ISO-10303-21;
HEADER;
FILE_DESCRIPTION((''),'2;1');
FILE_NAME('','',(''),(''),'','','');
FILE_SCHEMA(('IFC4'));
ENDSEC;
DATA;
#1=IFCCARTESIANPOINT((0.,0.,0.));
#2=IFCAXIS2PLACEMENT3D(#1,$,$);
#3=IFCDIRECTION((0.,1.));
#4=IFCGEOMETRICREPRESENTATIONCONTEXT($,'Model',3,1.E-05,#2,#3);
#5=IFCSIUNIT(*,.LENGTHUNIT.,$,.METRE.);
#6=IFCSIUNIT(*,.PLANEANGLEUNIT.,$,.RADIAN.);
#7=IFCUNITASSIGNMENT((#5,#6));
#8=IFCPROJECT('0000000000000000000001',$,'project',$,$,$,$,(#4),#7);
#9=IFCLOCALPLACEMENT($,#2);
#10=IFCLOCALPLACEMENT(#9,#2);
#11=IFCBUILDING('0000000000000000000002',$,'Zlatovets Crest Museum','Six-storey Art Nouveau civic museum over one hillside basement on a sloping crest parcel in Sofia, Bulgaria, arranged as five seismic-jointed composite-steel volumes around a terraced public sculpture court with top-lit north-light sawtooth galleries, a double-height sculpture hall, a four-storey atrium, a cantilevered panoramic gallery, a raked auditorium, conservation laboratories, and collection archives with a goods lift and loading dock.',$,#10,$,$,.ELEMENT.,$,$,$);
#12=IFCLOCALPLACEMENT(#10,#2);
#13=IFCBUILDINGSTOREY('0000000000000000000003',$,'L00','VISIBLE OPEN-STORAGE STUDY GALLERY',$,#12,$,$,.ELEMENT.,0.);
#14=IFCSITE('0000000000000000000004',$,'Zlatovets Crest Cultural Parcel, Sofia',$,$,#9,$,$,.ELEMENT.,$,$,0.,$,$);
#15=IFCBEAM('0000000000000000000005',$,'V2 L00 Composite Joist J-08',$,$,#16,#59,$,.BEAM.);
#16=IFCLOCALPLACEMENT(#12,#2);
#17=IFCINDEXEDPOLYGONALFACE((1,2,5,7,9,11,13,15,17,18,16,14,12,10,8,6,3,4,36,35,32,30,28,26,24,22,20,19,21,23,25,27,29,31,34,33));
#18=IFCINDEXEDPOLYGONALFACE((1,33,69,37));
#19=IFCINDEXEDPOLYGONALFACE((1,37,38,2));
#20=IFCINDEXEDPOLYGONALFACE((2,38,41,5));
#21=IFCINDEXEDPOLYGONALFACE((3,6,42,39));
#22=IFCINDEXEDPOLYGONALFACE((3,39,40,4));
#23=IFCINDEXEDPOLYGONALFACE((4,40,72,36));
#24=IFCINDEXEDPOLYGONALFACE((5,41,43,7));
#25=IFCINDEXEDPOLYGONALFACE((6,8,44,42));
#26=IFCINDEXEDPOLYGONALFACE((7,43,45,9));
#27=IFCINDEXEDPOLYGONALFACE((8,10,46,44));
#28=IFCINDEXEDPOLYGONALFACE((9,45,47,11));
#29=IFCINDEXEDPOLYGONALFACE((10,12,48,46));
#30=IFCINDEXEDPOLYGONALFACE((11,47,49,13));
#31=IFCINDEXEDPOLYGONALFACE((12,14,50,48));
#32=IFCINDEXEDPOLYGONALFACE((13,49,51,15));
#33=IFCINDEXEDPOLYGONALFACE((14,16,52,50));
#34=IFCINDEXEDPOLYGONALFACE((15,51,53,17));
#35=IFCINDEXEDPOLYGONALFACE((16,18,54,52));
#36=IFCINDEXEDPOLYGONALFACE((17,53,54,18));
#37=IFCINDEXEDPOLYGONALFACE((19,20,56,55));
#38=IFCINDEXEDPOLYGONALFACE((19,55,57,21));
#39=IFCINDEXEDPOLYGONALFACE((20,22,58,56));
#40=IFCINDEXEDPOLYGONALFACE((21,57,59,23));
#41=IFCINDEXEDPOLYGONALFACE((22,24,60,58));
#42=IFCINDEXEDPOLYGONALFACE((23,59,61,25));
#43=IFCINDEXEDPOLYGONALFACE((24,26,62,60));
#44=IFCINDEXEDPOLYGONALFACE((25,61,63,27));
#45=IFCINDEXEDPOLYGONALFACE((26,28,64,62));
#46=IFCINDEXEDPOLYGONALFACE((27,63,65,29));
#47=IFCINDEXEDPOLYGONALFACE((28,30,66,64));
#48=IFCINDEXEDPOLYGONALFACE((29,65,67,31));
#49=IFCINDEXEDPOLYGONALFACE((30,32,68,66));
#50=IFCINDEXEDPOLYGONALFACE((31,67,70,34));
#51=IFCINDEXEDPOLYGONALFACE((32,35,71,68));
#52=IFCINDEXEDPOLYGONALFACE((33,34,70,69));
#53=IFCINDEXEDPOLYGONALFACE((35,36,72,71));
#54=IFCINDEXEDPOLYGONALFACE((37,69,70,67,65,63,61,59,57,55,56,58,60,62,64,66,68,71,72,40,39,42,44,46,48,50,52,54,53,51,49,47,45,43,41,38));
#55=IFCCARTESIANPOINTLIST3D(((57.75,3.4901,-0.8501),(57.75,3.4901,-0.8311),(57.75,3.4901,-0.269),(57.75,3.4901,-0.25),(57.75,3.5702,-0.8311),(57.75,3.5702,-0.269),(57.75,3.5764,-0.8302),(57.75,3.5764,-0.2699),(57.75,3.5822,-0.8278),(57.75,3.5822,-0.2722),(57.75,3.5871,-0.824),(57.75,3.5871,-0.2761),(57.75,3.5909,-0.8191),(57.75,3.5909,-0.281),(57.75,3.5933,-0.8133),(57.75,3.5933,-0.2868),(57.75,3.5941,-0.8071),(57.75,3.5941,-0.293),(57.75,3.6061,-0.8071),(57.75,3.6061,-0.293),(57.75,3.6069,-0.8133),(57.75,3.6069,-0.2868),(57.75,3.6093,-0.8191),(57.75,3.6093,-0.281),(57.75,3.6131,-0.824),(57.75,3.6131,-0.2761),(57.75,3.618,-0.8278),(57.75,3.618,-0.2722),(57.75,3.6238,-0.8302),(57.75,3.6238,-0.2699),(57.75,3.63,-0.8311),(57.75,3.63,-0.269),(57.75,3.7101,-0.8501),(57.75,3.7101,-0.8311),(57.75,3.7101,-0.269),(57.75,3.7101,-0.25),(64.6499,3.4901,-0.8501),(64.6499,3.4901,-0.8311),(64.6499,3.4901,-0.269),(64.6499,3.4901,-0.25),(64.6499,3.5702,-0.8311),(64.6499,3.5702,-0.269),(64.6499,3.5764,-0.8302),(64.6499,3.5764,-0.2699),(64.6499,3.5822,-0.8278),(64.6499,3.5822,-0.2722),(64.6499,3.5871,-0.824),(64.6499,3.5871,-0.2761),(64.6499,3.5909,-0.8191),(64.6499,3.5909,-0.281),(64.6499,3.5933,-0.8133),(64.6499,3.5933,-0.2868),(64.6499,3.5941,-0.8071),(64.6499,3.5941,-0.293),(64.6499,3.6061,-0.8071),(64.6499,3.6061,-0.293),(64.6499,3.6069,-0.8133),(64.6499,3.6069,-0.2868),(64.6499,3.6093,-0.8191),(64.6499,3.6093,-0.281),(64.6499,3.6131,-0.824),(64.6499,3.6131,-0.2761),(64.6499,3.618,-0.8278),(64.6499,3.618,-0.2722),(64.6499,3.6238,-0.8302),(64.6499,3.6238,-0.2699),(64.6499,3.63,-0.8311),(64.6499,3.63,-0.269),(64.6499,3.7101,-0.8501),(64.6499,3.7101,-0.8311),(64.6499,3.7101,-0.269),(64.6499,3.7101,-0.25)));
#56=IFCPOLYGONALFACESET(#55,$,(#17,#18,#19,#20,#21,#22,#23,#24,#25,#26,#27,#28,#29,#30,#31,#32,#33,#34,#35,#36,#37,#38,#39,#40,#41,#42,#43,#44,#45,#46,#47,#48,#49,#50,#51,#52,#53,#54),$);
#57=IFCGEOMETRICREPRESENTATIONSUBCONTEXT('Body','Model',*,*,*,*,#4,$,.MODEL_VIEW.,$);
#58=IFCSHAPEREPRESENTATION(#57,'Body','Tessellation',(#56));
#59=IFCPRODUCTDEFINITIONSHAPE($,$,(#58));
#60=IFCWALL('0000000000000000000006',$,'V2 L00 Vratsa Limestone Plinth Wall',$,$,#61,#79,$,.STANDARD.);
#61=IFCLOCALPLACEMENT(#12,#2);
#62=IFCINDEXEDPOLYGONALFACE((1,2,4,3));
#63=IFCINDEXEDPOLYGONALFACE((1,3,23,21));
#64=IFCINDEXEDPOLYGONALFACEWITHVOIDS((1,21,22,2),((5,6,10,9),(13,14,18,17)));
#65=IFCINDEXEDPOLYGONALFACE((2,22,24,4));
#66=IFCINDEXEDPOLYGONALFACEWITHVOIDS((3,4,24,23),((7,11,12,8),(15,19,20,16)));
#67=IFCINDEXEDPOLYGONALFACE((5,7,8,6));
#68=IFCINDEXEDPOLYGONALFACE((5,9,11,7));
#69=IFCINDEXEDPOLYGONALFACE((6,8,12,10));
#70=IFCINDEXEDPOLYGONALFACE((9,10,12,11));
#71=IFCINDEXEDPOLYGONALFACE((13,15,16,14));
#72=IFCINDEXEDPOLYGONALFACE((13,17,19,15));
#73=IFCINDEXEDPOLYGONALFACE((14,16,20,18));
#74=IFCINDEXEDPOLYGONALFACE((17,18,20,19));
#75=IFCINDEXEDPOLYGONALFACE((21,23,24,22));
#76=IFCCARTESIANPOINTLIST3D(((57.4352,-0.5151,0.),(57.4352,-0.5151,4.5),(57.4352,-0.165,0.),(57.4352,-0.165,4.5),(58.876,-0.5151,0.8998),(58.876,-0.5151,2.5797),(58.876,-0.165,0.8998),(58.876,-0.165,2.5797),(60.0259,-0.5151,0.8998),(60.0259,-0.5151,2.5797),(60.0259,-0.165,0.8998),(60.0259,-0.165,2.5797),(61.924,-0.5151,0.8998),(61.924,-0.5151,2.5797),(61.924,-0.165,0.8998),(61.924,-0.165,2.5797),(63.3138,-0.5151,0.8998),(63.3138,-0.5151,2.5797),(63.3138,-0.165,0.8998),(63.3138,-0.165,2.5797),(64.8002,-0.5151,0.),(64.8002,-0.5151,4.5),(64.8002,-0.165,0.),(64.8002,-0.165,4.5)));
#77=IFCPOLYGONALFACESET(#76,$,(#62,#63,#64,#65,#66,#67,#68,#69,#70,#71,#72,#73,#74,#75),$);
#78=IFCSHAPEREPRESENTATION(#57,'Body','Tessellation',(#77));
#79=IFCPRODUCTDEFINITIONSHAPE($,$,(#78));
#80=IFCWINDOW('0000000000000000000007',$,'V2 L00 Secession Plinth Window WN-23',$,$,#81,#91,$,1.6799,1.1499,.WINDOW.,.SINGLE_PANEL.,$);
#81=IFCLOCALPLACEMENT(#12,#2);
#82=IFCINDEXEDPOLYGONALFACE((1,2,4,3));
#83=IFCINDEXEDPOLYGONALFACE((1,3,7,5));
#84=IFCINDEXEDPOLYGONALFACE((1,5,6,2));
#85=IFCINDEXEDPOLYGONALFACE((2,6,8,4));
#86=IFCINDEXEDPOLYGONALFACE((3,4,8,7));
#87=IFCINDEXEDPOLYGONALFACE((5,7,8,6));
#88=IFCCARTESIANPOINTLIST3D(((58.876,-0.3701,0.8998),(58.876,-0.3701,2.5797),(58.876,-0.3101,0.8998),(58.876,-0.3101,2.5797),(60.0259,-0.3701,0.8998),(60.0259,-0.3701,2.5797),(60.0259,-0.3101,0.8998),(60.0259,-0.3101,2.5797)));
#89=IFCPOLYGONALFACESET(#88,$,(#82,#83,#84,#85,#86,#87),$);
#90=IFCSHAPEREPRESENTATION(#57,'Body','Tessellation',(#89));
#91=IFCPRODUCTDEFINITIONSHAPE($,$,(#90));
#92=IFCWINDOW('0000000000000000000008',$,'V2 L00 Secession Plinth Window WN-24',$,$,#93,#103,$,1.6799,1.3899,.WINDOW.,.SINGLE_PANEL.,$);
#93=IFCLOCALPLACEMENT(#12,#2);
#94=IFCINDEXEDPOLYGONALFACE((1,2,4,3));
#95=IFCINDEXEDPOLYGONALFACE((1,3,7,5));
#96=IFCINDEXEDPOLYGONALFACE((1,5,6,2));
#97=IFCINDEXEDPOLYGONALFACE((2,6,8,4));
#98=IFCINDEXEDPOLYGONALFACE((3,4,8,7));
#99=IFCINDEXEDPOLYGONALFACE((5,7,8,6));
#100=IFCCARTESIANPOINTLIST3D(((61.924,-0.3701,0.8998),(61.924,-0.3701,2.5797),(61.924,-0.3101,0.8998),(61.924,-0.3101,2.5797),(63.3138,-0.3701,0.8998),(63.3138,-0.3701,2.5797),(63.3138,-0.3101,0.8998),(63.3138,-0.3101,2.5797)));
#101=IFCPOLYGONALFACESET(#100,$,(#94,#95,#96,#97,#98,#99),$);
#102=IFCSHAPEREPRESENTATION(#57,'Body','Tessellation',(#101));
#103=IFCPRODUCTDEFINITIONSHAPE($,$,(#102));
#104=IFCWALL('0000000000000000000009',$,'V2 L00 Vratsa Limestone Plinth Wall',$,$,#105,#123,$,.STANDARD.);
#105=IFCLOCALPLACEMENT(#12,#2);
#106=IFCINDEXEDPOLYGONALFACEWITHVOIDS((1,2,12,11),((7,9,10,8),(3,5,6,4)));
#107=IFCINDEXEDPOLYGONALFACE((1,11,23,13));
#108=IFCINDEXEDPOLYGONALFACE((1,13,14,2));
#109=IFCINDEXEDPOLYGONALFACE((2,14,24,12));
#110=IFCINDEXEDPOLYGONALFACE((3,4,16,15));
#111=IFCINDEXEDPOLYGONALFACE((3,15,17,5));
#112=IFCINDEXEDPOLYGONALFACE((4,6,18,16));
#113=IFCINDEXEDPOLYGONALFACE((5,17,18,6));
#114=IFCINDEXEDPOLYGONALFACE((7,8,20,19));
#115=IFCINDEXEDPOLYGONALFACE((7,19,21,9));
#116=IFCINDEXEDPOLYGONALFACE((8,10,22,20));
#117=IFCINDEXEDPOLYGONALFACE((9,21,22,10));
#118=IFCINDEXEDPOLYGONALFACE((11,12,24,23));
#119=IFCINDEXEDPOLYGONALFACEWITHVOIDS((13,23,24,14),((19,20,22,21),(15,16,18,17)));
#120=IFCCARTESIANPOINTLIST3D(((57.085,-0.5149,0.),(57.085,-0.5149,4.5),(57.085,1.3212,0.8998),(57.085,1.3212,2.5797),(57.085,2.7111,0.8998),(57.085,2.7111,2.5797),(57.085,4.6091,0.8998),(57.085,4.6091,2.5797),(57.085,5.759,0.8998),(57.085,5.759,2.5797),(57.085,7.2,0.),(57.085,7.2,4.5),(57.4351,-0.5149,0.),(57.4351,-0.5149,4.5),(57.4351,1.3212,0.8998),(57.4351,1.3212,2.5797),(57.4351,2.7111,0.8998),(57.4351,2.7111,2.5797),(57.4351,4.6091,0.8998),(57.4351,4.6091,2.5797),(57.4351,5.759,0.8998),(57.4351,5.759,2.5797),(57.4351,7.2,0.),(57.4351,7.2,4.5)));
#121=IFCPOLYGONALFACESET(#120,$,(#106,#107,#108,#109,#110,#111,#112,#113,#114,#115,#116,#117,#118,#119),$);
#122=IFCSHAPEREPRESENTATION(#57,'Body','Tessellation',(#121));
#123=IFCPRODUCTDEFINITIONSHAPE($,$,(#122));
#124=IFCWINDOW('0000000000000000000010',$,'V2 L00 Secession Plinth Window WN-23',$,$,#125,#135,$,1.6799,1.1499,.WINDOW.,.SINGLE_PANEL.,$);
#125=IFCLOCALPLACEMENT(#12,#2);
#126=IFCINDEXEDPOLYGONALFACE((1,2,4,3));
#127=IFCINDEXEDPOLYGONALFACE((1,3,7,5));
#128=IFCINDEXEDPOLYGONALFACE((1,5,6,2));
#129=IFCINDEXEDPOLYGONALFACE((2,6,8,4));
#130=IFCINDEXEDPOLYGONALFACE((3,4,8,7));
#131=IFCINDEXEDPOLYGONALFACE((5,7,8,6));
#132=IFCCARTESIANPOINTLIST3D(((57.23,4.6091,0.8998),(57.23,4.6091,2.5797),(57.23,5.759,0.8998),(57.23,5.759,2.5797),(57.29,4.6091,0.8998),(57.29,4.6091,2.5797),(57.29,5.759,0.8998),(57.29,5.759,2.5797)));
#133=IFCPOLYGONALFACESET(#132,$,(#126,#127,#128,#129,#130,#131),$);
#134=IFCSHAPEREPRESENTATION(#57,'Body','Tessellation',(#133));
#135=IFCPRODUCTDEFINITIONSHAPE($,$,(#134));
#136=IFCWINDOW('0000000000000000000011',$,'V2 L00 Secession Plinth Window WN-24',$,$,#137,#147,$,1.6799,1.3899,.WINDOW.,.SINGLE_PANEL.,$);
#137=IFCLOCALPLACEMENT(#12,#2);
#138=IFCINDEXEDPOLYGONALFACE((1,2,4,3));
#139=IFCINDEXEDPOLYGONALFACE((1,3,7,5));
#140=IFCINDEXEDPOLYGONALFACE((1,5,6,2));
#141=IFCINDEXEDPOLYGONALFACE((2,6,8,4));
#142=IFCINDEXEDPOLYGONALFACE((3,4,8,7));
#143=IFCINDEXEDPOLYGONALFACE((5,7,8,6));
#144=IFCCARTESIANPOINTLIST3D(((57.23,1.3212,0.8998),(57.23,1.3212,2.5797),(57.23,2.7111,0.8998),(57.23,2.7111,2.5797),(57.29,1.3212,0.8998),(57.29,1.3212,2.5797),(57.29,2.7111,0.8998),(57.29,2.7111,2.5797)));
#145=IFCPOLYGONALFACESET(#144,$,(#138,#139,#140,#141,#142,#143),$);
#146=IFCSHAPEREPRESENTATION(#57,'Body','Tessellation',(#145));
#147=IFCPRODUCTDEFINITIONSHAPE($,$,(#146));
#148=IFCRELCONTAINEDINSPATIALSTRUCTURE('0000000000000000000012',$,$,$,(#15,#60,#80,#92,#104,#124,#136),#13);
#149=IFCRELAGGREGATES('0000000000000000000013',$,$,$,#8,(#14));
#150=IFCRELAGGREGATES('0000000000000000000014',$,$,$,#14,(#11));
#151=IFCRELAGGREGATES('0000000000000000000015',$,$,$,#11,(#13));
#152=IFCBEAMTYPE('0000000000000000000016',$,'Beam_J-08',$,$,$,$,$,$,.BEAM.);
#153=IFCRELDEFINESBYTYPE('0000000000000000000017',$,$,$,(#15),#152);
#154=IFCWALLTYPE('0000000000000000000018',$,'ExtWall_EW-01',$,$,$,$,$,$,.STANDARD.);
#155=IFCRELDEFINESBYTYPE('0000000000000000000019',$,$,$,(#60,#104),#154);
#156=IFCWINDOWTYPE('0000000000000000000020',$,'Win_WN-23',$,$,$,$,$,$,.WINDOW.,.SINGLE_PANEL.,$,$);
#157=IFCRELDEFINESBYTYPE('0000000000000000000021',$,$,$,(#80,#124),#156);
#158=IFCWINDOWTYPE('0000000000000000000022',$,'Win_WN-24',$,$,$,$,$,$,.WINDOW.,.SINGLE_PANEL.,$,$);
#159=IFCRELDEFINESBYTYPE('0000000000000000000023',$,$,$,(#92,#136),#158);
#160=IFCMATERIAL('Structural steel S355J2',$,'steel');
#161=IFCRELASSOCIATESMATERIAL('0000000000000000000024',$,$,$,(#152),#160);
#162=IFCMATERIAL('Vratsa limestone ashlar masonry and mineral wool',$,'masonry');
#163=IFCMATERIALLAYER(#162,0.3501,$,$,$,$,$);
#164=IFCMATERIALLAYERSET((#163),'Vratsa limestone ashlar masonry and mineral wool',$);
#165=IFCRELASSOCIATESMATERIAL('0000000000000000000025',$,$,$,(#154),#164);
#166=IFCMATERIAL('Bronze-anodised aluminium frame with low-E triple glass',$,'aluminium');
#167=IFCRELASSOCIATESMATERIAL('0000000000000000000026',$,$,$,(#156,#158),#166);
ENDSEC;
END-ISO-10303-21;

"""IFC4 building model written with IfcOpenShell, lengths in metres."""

from ifc_helpers import new_model, si_unit, direction, frame, frame_2d, origin, origin_2d, place, context, subcontext, project, spatial, rectangle, i_section, extrude, material, layer, layer_set, material_profile, profile_set, type_object, element, fill, save


model = new_model("IFC4")

# Units and contexts
model_context = context("Model", 3, precision=1e-05, world=origin(), true_north=direction((0.0, 1.0)))
body_context = subcontext(model_context, "Body", "Model", "MODEL_VIEW")
ifc_project = project(units=[si_unit("LENGTHUNIT", "METRE"), si_unit("PLANEANGLEUNIT", "RADIAN")], contexts=[model_context])

# Site, building, storey
site_placement = place(None, origin())
site = spatial("IfcSite", under=ifc_project, at=site_placement, Name="Zlatovets Crest Cultural Parcel, Sofia", CompositionType="ELEMENT", RefElevation=0.0)
building_placement = place(site_placement, origin())
building = spatial("IfcBuilding", under=site, at=building_placement, Name="Zlatovets Crest Museum", Description="Six-storey Art Nouveau civic museum over one hillside basement on a sloping crest parcel in Sofia, Bulgaria, arranged as five seismic-jointed composite-steel volumes around a terraced public sculpture court with top-lit north-light sawtooth galleries, a double-height sculpture hall, a four-storey atrium, a cantilevered panoramic gallery, a raked auditorium, conservation laboratories, and collection archives with a goods lift and loading dock.", CompositionType="ELEMENT")
storey_placement = place(building_placement, origin())
storey = spatial("IfcBuildingStorey", under=building, at=storey_placement, Name="L00", Description="VISIBLE OPEN-STORAGE STUDY GALLERY", CompositionType="ELEMENT", Elevation=0.0)

# Shared definitions
ifc_material_1 = material(Name="Structural steel S355J2", Category="steel")

# Beam
ifc_material_profile_1 = material_profile(ifc_material_1, i_section(OverallWidth=0.22, OverallDepth=0.6001, WebThickness=0.012, FlangeThickness=0.019, FilletRadius=0.0239, at=origin_2d()), Name="IPE 600")
ifc_profile_set_1 = profile_set([ifc_material_profile_1], Name="Structural steel S355J2")
beam_type_1 = type_object("IfcBeamType", Name="Beam_J-08", PredefinedType="BEAM", material=ifc_profile_set_1)
beam_placement = place(storey_placement, frame((57.75, 3.6001, -0.55), z_axis=(1.0, 0.0, 0.0), x_axis=(0.0, 1.0, 0.0)))
element("IfcBeam", 1, at=beam_placement, inside=storey, type_object=beam_type_1, Name="V2 L00 Composite Joist J-08", PredefinedType="BEAM", context=body_context, shape_type="SweptSolid", body=[
    extrude(i_section(OverallWidth=0.22, OverallDepth=0.6001, WebThickness=0.012, FlangeThickness=0.019, FilletRadius=0.0239, at=origin_2d()), origin(), (0.0, 0.0, 1.0), 6.8999),
])

# Walls, openings, windows
ifc_material_2 = material(Name="Vratsa limestone ashlar masonry and mineral wool", Category="masonry")
ifc_layer_1 = layer(ifc_material_2, 0.3501)
ifc_layer_set_1 = layer_set([ifc_layer_1], Name="Vratsa limestone ashlar masonry and mineral wool")
wall_type = type_object("IfcWallType", Name="ExtWall_EW-01", PredefinedType="STANDARD", material=ifc_layer_set_1)
wall_1_placement = place(storey_placement, frame((57.4351, -0.3401, 0.0), z_axis=(0.0, 0.0, 1.0), x_axis=(1.0, 0.0, 0.0)))
wall_1 = element("IfcWall", 2, at=wall_1_placement, inside=storey, type_object=wall_type, Name="V2 L00 Vratsa Limestone Plinth Wall", PredefinedType="STANDARD", context=body_context, shape_type="SweptSolid", body=[
    extrude(rectangle(XDim=7.365, YDim=0.3501, at=frame_2d((3.6826, 0.0))), origin(), (0.0, 0.0, 1.0), 4.5),
])
opening_1_placement = place(wall_1_placement, frame((1.4409, 0.0, 0.8999)))
opening_1 = element("IfcOpeningElement", 3, at=opening_1_placement, cuts=wall_1, PredefinedType="OPENING", context=body_context, shape_type="SweptSolid", body=[
    extrude(rectangle(XDim=1.1499, YDim=1.6799, at=frame_2d((0.575, 0.8398))), frame((0.0, 0.1851, 0.0), z_axis=(0.0, -1.0, 0.0), x_axis=(1.0, 0.0, 0.0)), (0.0, 0.0, 1.0), 0.3701),
])
opening_2_placement = place(wall_1_placement, frame((4.489, 0.0, 0.8999)))
opening_2 = element("IfcOpeningElement", 4, at=opening_2_placement, cuts=wall_1, PredefinedType="OPENING", context=body_context, shape_type="SweptSolid", body=[
    extrude(rectangle(XDim=1.3899, YDim=1.6799, at=frame_2d((0.6948, 0.8398))), frame((0.0, 0.1851, 0.0), z_axis=(0.0, -1.0, 0.0), x_axis=(1.0, 0.0, 0.0)), (0.0, 0.0, 1.0), 0.3701),
])
ifc_material_3 = material(Name="Bronze-anodised aluminium frame with low-E triple glass", Category="aluminium")
window_type_1 = type_object("IfcWindowType", Name="Win_WN-23", PartitioningType="SINGLE_PANEL", PredefinedType="WINDOW", material=ifc_material_3)
window_1_placement = place(opening_1_placement, origin())
window_1 = element("IfcWindow", 5, at=window_1_placement, inside=storey, type_object=window_type_1, Name="V2 L00 Secession Plinth Window WN-23", OverallHeight=1.6799, OverallWidth=1.1499, PartitioningType="SINGLE_PANEL", PredefinedType="WINDOW", context=body_context, shape_type="SweptSolid", body=[
    extrude(rectangle(XDim=1.1499, YDim=1.6799, at=frame_2d((0.575, 0.8398))), frame((0.0, 0.03, 0.0), z_axis=(0.0, -1.0, 0.0), x_axis=(1.0, 0.0, 0.0)), (0.0, 0.0, 1.0), 0.0601),
])
fill(opening_1, window_1)
window_type_2 = type_object("IfcWindowType", Name="Win_WN-24", PartitioningType="SINGLE_PANEL", PredefinedType="WINDOW", material=ifc_material_3)
window_2_placement = place(opening_2_placement, origin())
window_2 = element("IfcWindow", 6, at=window_2_placement, inside=storey, type_object=window_type_2, Name="V2 L00 Secession Plinth Window WN-24", OverallHeight=1.6799, OverallWidth=1.3899, PartitioningType="SINGLE_PANEL", PredefinedType="WINDOW", context=body_context, shape_type="SweptSolid", body=[
    extrude(rectangle(XDim=1.3899, YDim=1.6799, at=frame_2d((0.6948, 0.8398))), frame((0.0, 0.03, 0.0), z_axis=(0.0, -1.0, 0.0), x_axis=(1.0, 0.0, 0.0)), (0.0, 0.0, 1.0), 0.0601),
])
fill(opening_2, window_2)
wall_2_placement = place(storey_placement, frame((57.26, 7.2, 0.0), z_axis=(0.0, 0.0, 1.0), x_axis=(0.0, -1.0, 0.0)))
wall_2 = element("IfcWall", 7, at=wall_2_placement, inside=storey, type_object=wall_type, Name="V2 L00 Vratsa Limestone Plinth Wall", PredefinedType="STANDARD", context=body_context, shape_type="SweptSolid", body=[
    extrude(rectangle(XDim=7.7148, YDim=0.3501, at=frame_2d((3.8574, 0.0))), origin(), (0.0, 0.0, 1.0), 4.5),
])
opening_3_placement = place(wall_2_placement, frame((1.4409, 0.0, 0.8999)))
opening_3 = element("IfcOpeningElement", 8, at=opening_3_placement, cuts=wall_2, PredefinedType="OPENING", context=body_context, shape_type="SweptSolid", body=[
    extrude(rectangle(XDim=1.1499, YDim=1.6799, at=frame_2d((0.575, 0.8398))), frame((0.0, 0.1851, 0.0), z_axis=(0.0, -1.0, 0.0), x_axis=(1.0, 0.0, 0.0)), (0.0, 0.0, 1.0), 0.3701),
])
opening_4_placement = place(wall_2_placement, frame((4.489, 0.0, 0.8999)))
opening_4 = element("IfcOpeningElement", 9, at=opening_4_placement, cuts=wall_2, PredefinedType="OPENING", context=body_context, shape_type="SweptSolid", body=[
    extrude(rectangle(XDim=1.3899, YDim=1.6799, at=frame_2d((0.6948, 0.8398))), frame((0.0, 0.1851, 0.0), z_axis=(0.0, -1.0, 0.0), x_axis=(1.0, 0.0, 0.0)), (0.0, 0.0, 1.0), 0.3701),
])
window_3_placement = place(opening_3_placement, origin())
window_3 = element("IfcWindow", 10, at=window_3_placement, inside=storey, type_object=window_type_1, Name="V2 L00 Secession Plinth Window WN-23", OverallHeight=1.6799, OverallWidth=1.1499, PartitioningType="SINGLE_PANEL", PredefinedType="WINDOW", context=body_context, shape_type="SweptSolid", body=[
    extrude(rectangle(XDim=1.1499, YDim=1.6799, at=frame_2d((0.575, 0.8398))), frame((0.0, 0.03, 0.0), z_axis=(0.0, -1.0, 0.0), x_axis=(1.0, 0.0, 0.0)), (0.0, 0.0, 1.0), 0.0601),
])
fill(opening_3, window_3)
window_4_placement = place(opening_4_placement, origin())
window_4 = element("IfcWindow", 11, at=window_4_placement, inside=storey, type_object=window_type_2, Name="V2 L00 Secession Plinth Window WN-24", OverallHeight=1.6799, OverallWidth=1.3899, PartitioningType="SINGLE_PANEL", PredefinedType="WINDOW", context=body_context, shape_type="SweptSolid", body=[
    extrude(rectangle(XDim=1.3899, YDim=1.6799, at=frame_2d((0.6948, 0.8398))), frame((0.0, 0.03, 0.0), z_axis=(0.0, -1.0, 0.0), x_axis=(1.0, 0.0, 0.0)), (0.0, 0.0, 1.0), 0.0601),
])
fill(opening_4, window_4)

save(model, "model.ifc")
